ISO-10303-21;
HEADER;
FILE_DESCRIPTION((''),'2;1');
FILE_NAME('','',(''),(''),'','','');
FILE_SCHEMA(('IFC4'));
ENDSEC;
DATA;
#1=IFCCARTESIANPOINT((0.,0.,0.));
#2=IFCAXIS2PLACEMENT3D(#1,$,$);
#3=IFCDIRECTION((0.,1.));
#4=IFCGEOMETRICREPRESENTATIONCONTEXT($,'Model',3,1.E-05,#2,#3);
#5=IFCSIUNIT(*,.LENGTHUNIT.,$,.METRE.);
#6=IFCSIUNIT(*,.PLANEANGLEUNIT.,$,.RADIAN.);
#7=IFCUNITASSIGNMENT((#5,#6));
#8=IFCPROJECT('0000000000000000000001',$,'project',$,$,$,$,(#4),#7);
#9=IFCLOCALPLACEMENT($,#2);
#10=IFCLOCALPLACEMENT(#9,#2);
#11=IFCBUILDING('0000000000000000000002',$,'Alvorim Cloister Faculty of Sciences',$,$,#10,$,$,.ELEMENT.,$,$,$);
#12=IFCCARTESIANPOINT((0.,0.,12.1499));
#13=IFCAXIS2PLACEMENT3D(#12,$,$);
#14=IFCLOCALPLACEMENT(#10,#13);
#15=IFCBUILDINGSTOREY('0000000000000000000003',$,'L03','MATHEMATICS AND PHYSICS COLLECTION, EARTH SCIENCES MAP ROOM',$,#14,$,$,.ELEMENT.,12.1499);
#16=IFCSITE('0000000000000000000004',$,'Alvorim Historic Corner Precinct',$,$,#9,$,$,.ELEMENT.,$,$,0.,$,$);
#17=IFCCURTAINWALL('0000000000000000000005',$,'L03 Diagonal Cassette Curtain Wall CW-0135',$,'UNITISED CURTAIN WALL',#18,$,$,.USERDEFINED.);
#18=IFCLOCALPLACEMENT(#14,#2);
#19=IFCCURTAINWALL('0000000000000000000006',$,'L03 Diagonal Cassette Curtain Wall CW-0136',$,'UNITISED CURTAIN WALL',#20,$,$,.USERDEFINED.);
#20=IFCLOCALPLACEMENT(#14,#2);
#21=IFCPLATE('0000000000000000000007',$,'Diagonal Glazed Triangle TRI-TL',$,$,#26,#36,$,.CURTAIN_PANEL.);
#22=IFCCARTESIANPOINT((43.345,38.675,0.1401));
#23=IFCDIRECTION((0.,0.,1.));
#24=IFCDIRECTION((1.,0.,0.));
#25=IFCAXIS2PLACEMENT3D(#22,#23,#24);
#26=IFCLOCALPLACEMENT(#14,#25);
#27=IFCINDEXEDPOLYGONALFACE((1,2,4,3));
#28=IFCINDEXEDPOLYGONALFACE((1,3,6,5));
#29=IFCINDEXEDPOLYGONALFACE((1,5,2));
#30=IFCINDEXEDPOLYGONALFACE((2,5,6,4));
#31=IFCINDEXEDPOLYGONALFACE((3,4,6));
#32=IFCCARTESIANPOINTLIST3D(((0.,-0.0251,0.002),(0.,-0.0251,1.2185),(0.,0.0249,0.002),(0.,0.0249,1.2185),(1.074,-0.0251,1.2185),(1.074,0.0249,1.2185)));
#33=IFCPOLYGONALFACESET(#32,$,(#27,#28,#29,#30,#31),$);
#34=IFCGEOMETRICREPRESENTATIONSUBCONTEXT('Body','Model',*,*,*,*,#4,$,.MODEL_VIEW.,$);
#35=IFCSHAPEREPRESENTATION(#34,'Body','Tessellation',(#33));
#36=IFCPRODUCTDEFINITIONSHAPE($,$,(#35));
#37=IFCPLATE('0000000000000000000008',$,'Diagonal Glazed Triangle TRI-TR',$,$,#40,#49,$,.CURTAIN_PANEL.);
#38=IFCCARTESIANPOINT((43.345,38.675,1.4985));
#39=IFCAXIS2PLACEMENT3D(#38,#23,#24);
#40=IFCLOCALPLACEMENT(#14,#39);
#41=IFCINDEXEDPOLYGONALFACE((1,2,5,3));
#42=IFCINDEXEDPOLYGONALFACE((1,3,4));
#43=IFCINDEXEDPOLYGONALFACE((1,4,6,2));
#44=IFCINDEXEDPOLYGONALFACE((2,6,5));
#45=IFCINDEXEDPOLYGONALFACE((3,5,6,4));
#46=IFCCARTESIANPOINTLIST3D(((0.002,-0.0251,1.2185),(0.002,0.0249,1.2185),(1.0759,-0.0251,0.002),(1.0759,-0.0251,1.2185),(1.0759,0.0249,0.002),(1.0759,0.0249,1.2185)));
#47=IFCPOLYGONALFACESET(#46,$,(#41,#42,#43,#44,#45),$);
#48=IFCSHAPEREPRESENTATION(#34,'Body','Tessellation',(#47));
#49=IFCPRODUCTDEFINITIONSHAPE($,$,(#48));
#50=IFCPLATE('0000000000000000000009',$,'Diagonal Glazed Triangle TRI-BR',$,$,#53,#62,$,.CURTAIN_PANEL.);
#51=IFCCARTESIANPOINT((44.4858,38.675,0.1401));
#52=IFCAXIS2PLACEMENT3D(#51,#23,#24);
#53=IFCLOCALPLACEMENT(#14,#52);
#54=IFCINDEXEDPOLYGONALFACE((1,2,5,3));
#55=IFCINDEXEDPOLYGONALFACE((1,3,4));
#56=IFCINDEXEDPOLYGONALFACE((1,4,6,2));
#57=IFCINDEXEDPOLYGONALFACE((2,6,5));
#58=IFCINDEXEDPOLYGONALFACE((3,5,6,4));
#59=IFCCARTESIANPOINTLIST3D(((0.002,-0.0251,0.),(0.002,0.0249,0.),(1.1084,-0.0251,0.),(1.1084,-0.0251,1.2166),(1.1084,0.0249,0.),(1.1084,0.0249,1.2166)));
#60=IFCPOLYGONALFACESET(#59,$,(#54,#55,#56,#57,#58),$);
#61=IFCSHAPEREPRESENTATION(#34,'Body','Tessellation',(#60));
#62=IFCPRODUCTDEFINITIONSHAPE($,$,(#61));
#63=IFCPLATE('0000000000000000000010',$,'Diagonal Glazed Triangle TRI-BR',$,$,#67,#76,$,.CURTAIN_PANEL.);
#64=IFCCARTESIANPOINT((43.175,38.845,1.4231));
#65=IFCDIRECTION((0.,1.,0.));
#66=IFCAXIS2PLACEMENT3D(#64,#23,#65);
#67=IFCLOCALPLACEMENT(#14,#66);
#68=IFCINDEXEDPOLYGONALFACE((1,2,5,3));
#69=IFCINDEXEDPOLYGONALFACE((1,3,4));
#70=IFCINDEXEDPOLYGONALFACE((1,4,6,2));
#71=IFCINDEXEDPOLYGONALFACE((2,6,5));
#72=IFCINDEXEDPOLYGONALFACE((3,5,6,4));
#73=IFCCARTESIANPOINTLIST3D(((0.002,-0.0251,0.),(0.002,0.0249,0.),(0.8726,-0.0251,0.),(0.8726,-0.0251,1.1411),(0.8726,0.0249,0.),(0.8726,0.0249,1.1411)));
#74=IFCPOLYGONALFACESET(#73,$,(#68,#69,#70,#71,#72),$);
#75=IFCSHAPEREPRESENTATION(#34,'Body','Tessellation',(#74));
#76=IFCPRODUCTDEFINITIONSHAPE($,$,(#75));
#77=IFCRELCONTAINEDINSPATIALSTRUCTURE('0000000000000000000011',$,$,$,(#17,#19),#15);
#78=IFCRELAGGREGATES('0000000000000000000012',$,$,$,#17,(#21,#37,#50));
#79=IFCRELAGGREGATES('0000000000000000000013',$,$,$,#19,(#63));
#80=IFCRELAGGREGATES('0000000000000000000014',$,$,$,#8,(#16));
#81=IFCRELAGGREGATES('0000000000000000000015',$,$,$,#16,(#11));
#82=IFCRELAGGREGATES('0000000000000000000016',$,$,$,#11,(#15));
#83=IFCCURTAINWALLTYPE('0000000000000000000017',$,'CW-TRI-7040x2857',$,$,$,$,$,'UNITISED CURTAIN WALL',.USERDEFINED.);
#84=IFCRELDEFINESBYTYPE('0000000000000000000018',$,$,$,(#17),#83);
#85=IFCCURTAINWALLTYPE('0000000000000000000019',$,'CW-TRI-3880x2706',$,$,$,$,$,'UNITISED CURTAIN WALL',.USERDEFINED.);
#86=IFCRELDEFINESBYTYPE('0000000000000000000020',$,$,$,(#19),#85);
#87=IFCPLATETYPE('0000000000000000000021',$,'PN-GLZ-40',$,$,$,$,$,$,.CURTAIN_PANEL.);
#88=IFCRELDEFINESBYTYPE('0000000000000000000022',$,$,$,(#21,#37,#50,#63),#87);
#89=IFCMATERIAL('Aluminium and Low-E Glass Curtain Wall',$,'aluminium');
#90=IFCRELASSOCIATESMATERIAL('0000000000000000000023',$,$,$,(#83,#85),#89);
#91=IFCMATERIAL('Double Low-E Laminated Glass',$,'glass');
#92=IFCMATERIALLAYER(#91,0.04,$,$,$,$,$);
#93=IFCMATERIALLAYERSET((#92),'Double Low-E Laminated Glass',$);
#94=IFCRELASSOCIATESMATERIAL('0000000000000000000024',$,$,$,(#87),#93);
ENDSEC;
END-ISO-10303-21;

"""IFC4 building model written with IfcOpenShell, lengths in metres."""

from ifc_helpers import new_model, si_unit, direction, frame, origin, place, context, subcontext, project, spatial, polyline, outline, extrude, material, layer, layer_set, type_object, element, aggregate, save


model = new_model("IFC4")

# Units and contexts
model_context = context("Model", 3, precision=1e-05, world=origin(), true_north=direction((0.0, 1.0)))
body_context = subcontext(model_context, "Body", "Model", "MODEL_VIEW")
ifc_project = project(units=[si_unit("LENGTHUNIT", "METRE"), si_unit("PLANEANGLEUNIT", "RADIAN")], contexts=[model_context])

# Site, building, storey
site_placement = place(None, origin())
site = spatial("IfcSite", under=ifc_project, at=site_placement, Name="Alvorim Historic Corner Precinct", CompositionType="ELEMENT", RefElevation=0.0)
building_placement = place(site_placement, origin())
building = spatial("IfcBuilding", under=site, at=building_placement, Name="Alvorim Cloister Faculty of Sciences", CompositionType="ELEMENT")
storey_placement = place(building_placement, frame((0.0, 0.0, 12.1499)))
storey = spatial("IfcBuildingStorey", under=building, at=storey_placement, Name="L03", Description="MATHEMATICS AND PHYSICS COLLECTION, EARTH SCIENCES MAP ROOM", CompositionType="ELEMENT", Elevation=12.1499)

# Curtain wall
ifc_material_1 = material(Name="Aluminium and Low-E Glass Curtain Wall", Category="aluminium")
curtain_wall_type_1 = type_object("IfcCurtainWallType", Name="CW-TRI-7040x2857", ElementType="UNITISED CURTAIN WALL", PredefinedType="USERDEFINED", material=ifc_material_1)
curtain_wall_1_placement = place(storey_placement, origin())
curtain_wall_1 = element("IfcCurtainWall", 1, at=curtain_wall_1_placement, inside=storey, type_object=curtain_wall_type_1, Name="L03 Diagonal Cassette Curtain Wall CW-0135", ObjectType="UNITISED CURTAIN WALL", PredefinedType="USERDEFINED")

# Curtain wall
curtain_wall_type_2 = type_object("IfcCurtainWallType", Name="CW-TRI-3880x2706", ElementType="UNITISED CURTAIN WALL", PredefinedType="USERDEFINED", material=ifc_material_1)
curtain_wall_2_placement = place(storey_placement, origin())
curtain_wall_2 = element("IfcCurtainWall", 2, at=curtain_wall_2_placement, inside=storey, type_object=curtain_wall_type_2, Name="L03 Diagonal Cassette Curtain Wall CW-0136", ObjectType="UNITISED CURTAIN WALL", PredefinedType="USERDEFINED")

# Plates
ifc_material_2 = material(Name="Double Low-E Laminated Glass", Category="glass")
ifc_layer_1 = layer(ifc_material_2, 0.04)
ifc_layer_set_1 = layer_set([ifc_layer_1], Name="Double Low-E Laminated Glass")
plate_type = type_object("IfcPlateType", Name="PN-GLZ-40", PredefinedType="CURTAIN_PANEL", material=ifc_layer_set_1)
plate_1_placement = place(storey_placement, frame((43.345, 38.675, 0.1401), z_axis=(0.0, 0.0, 1.0), x_axis=(1.0, 0.0, 0.0)))
plate_1 = element("IfcPlate", 3, at=plate_1_placement, type_object=plate_type, Name="Diagonal Glazed Triangle TRI-TL", PredefinedType="CURTAIN_PANEL", context=body_context, shape_type="SweptSolid", body=[
    extrude(outline(polyline([(1.074, 1.2185), (0.0, 1.2185), (0.0, 0.002), (1.074, 1.2185)])), frame((0.0, 0.0249, 0.0), z_axis=(0.0, -1.0, 0.0), x_axis=(1.0, 0.0, 0.0)), (0.0, 0.0, 1.0), 0.05),
])
plate_2_placement = place(storey_placement, frame((43.345, 38.675, 1.4985), z_axis=(0.0, 0.0, 1.0), x_axis=(1.0, 0.0, 0.0)))
plate_2 = element("IfcPlate", 4, at=plate_2_placement, type_object=plate_type, Name="Diagonal Glazed Triangle TRI-TR", PredefinedType="CURTAIN_PANEL", context=body_context, shape_type="SweptSolid", body=[
    extrude(outline(polyline([(1.0759, 0.002), (1.0759, 1.2185), (0.002, 1.2185), (1.0759, 0.002)])), frame((0.0, 0.0249, 0.0), z_axis=(0.0, -1.0, 0.0), x_axis=(1.0, 0.0, 0.0)), (0.0, 0.0, 1.0), 0.05),
])
plate_3_placement = place(storey_placement, frame((44.4858, 38.675, 0.1401), z_axis=(0.0, 0.0, 1.0), x_axis=(1.0, 0.0, 0.0)))
plate_3 = element("IfcPlate", 5, at=plate_3_placement, type_object=plate_type, Name="Diagonal Glazed Triangle TRI-BR", PredefinedType="CURTAIN_PANEL", context=body_context, shape_type="SweptSolid", body=[
    extrude(outline(polyline([(0.002, 0.0), (1.1084, 0.0), (1.1084, 1.2166), (0.002, 0.0)])), frame((0.0, 0.0249, 0.0), z_axis=(0.0, -1.0, 0.0), x_axis=(1.0, 0.0, 0.0)), (0.0, 0.0, 1.0), 0.05),
])
aggregate(curtain_wall_1, [plate_1, plate_2, plate_3])
plate_4_placement = place(storey_placement, frame((43.175, 38.845, 1.4231), z_axis=(0.0, 0.0, 1.0), x_axis=(0.0, 1.0, 0.0)))
plate_4 = element("IfcPlate", 6, at=plate_4_placement, type_object=plate_type, Name="Diagonal Glazed Triangle TRI-BR", PredefinedType="CURTAIN_PANEL", context=body_context, shape_type="SweptSolid", body=[
    extrude(outline(polyline([(0.002, 0.0), (0.8726, 0.0), (0.8726, 1.1411), (0.002, 0.0)])), frame((0.0, 0.0249, 0.0), z_axis=(0.0, -1.0, 0.0), x_axis=(1.0, 0.0, 0.0)), (0.0, 0.0, 1.0), 0.05),
])
aggregate(curtain_wall_2, [plate_4])

save(model, "model.ifc")
